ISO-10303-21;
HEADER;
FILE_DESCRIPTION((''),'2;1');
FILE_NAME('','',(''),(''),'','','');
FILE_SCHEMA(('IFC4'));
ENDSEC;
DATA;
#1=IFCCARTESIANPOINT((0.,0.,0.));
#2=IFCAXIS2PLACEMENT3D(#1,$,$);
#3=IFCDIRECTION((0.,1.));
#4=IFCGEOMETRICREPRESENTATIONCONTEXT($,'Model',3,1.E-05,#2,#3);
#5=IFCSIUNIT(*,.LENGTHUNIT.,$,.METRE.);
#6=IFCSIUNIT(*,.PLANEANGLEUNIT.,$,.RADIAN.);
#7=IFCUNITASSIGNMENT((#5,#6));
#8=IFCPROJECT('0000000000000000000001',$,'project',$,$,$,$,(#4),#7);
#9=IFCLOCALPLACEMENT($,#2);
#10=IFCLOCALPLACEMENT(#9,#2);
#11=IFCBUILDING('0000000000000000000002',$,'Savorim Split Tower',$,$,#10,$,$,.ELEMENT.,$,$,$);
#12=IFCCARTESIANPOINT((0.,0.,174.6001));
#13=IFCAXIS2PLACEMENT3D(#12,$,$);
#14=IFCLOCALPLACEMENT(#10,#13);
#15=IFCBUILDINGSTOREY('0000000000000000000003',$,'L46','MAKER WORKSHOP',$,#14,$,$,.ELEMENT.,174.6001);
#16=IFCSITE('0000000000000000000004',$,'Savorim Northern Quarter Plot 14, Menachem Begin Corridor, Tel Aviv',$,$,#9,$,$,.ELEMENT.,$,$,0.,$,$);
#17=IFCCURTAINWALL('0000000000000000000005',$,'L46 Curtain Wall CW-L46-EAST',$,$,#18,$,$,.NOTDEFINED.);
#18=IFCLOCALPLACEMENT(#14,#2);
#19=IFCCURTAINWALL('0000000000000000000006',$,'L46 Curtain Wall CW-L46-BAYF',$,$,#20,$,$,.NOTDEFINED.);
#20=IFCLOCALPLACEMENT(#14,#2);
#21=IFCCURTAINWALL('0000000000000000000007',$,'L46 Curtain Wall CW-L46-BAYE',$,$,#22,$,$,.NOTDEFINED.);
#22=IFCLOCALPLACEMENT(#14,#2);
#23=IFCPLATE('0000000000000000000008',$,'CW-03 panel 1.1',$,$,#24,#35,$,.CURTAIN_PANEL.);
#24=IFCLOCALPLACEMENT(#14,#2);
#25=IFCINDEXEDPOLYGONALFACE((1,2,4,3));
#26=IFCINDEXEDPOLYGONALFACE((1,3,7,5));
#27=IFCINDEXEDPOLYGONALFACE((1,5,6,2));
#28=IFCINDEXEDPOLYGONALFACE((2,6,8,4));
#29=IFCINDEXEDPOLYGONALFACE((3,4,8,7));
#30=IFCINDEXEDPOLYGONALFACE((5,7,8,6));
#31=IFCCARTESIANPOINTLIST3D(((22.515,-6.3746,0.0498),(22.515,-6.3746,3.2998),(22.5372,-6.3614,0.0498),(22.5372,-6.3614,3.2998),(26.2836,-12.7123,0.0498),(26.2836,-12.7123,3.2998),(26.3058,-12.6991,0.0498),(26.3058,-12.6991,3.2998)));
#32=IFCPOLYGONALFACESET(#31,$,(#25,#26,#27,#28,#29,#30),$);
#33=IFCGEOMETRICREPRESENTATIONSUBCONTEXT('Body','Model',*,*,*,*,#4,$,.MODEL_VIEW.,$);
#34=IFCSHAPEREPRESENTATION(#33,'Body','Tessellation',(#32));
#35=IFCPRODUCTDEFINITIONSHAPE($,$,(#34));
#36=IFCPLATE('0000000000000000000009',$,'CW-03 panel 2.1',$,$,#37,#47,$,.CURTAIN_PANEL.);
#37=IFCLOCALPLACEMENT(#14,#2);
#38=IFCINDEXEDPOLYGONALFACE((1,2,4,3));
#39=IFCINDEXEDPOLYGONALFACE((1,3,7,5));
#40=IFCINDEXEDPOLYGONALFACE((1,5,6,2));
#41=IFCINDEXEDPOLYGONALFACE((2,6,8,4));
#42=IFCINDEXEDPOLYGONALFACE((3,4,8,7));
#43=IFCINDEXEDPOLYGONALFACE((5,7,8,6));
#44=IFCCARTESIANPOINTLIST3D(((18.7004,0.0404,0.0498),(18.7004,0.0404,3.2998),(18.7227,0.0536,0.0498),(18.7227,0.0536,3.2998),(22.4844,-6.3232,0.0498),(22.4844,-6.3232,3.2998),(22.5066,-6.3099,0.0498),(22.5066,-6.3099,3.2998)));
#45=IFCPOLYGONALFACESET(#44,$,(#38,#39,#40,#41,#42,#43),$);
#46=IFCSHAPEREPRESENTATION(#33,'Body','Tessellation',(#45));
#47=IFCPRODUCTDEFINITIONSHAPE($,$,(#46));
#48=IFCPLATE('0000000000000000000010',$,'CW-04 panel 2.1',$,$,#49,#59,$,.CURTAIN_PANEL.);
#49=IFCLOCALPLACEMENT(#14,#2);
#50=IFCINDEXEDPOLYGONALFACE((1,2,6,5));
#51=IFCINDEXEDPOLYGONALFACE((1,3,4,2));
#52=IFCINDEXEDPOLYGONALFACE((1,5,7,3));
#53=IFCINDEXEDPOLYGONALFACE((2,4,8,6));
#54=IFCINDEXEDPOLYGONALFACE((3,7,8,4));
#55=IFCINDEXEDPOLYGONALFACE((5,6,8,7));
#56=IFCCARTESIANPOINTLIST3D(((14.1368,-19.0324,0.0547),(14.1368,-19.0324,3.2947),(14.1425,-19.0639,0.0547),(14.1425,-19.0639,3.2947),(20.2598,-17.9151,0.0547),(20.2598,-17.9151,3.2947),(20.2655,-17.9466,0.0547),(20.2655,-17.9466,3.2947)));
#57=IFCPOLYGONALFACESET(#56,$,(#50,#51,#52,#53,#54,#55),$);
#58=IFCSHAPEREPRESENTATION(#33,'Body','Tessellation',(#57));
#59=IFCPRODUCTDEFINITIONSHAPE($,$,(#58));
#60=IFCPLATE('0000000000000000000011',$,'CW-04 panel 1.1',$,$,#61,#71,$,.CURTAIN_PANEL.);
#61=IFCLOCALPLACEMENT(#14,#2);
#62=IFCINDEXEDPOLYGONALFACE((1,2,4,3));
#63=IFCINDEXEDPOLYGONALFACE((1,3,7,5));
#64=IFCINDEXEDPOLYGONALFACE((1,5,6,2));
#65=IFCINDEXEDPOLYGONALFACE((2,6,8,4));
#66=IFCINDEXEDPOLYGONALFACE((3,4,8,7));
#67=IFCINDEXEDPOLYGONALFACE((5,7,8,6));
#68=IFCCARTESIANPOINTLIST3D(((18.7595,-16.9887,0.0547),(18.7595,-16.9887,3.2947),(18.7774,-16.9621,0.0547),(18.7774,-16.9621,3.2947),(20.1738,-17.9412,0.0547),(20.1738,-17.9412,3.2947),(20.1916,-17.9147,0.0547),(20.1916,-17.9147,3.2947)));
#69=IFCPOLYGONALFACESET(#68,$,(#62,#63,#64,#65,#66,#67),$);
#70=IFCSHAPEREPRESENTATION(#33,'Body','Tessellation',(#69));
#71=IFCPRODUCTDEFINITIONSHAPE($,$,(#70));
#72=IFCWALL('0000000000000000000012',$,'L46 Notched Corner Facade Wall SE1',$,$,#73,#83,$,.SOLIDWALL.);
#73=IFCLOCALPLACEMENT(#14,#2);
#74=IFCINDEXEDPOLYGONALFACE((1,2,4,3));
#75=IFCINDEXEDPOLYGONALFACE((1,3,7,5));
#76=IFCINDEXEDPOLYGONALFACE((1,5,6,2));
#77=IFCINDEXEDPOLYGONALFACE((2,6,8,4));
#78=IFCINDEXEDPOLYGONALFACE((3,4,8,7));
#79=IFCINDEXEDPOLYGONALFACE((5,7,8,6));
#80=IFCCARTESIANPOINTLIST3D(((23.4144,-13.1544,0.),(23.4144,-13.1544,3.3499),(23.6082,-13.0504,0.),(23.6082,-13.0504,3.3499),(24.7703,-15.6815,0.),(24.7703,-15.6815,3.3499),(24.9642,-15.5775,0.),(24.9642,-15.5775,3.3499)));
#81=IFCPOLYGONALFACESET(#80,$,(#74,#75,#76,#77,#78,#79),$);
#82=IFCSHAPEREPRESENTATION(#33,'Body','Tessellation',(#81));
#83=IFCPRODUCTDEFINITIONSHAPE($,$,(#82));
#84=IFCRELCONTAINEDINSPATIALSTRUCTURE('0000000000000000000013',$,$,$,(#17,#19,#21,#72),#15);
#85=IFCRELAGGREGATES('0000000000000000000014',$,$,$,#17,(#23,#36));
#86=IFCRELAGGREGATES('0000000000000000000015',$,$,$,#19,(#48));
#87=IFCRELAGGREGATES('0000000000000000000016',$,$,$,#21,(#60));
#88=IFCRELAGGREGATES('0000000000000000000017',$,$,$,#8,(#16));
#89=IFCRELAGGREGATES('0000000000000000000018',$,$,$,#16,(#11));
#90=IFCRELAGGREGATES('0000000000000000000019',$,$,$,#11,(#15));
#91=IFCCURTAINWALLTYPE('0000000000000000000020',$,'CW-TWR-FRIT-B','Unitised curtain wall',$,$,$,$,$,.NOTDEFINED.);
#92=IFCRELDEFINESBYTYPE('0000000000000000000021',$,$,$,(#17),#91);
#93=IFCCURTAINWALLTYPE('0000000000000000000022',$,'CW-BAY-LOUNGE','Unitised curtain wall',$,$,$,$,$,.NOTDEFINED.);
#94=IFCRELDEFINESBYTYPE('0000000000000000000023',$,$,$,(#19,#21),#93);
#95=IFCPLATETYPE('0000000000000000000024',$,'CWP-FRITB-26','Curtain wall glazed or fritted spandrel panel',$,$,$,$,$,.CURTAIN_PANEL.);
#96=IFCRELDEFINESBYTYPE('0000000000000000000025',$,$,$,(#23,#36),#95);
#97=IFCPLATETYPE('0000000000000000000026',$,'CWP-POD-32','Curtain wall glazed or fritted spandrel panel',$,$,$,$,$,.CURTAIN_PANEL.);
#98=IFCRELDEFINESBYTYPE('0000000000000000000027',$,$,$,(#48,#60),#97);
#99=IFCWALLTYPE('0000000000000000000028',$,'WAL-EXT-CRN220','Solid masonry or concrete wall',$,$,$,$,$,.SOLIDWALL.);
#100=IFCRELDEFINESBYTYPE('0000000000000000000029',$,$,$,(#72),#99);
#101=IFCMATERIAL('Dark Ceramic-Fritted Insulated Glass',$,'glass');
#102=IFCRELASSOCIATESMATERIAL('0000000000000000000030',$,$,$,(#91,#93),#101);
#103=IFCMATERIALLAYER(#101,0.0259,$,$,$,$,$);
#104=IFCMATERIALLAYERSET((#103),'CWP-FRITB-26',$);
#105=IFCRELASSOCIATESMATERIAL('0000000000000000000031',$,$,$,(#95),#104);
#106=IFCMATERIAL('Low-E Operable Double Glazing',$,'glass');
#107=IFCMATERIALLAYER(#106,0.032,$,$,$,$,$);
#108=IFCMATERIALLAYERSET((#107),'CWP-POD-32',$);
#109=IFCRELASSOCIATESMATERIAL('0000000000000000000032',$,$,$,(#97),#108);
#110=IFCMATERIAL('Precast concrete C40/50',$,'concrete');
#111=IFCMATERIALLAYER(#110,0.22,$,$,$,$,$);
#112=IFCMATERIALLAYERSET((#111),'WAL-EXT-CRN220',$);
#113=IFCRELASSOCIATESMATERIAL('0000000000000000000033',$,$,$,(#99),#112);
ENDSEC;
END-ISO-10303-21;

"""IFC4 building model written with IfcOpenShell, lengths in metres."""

from ifc_helpers import new_model, si_unit, direction, frame, frame_2d, origin, origin_2d, place, context, subcontext, project, spatial, rectangle, extrude, material, layer, layer_set, type_object, element, aggregate, save


model = new_model("IFC4")

# Units and contexts
model_context = context("Model", 3, precision=1e-05, world=origin(), true_north=direction((0.0, 1.0)))
body_context = subcontext(model_context, "Body", "Model", "MODEL_VIEW")
ifc_project = project(units=[si_unit("LENGTHUNIT", "METRE"), si_unit("PLANEANGLEUNIT", "RADIAN")], contexts=[model_context])

# Site, building, storey
site_placement = place(None, origin())
site = spatial("IfcSite", under=ifc_project, at=site_placement, Name="Savorim Northern Quarter Plot 14, Menachem Begin Corridor, Tel Aviv", CompositionType="ELEMENT", RefElevation=0.0)
building_placement = place(site_placement, origin())
building = spatial("IfcBuilding", under=site, at=building_placement, Name="Savorim Split Tower", CompositionType="ELEMENT")
storey_placement = place(building_placement, frame((0.0, 0.0, 174.6001)))
storey = spatial("IfcBuildingStorey", under=building, at=storey_placement, Name="L46", Description="MAKER WORKSHOP", CompositionType="ELEMENT", Elevation=174.6001)

# Curtain wall
ifc_material_1 = material(Name="Dark Ceramic-Fritted Insulated Glass", Category="glass")
curtain_wall_type_1 = type_object("IfcCurtainWallType", Name="CW-TWR-FRIT-B", Description="Unitised curtain wall", PredefinedType="NOTDEFINED", material=ifc_material_1)
curtain_wall_1_placement = place(storey_placement, origin())
curtain_wall_1 = element("IfcCurtainWall", 1, at=curtain_wall_1_placement, inside=storey, type_object=curtain_wall_type_1, Name="L46 Curtain Wall CW-L46-EAST", PredefinedType="NOTDEFINED")

# Curtain wall
curtain_wall_type_2 = type_object("IfcCurtainWallType", Name="CW-BAY-LOUNGE", Description="Unitised curtain wall", PredefinedType="NOTDEFINED", material=ifc_material_1)
curtain_wall_2_placement = place(storey_placement, origin())
curtain_wall_2 = element("IfcCurtainWall", 2, at=curtain_wall_2_placement, inside=storey, type_object=curtain_wall_type_2, Name="L46 Curtain Wall CW-L46-BAYF", PredefinedType="NOTDEFINED")

# Curtain wall
curtain_wall_3_placement = place(storey_placement, origin())
curtain_wall_3 = element("IfcCurtainWall", 3, at=curtain_wall_3_placement, inside=storey, type_object=curtain_wall_type_2, Name="L46 Curtain Wall CW-L46-BAYE", PredefinedType="NOTDEFINED")

# Plates
ifc_layer_1 = layer(ifc_material_1, 0.0259)
ifc_layer_set_1 = layer_set([ifc_layer_1], Name="CWP-FRITB-26")
plate_type_1 = type_object("IfcPlateType", Name="CWP-FRITB-26", Description="Curtain wall glazed or fritted spandrel panel", PredefinedType="CURTAIN_PANEL", material=ifc_layer_set_1)
plate_1_placement = place(storey_placement, frame((24.4104, -9.5369, 0.0498), z_axis=(0.0, 0.0, 1.0), x_axis=(-0.511094, 0.859525, 0.0)))
plate_1 = element("IfcPlate", 4, at=plate_1_placement, type_object=plate_type_1, Name="CW-03 panel 1.1", PredefinedType="CURTAIN_PANEL", context=body_context, shape_type="SweptSolid", body=[
    extrude(rectangle(XDim=7.3735, YDim=0.0259, at=origin_2d()), origin(), (0.0, 0.0, 1.0), 3.25),
])
plate_2_placement = place(storey_placement, frame((20.6035, -3.1348, 0.0498), z_axis=(0.0, 0.0, 1.0), x_axis=(-0.511094, 0.859525, 0.0)))
plate_2 = element("IfcPlate", 5, at=plate_2_placement, type_object=plate_type_1, Name="CW-03 panel 2.1", PredefinedType="CURTAIN_PANEL", context=body_context, shape_type="SweptSolid", body=[
    extrude(rectangle(XDim=7.4036, YDim=0.0259, at=origin_2d()), origin(), (0.0, 0.0, 1.0), 3.25),
])
aggregate(curtain_wall_1, [plate_1, plate_2])
ifc_material_2 = material(Name="Low-E Operable Double Glazing", Category="glass")
ifc_layer_2 = layer(ifc_material_2, 0.032)
ifc_layer_set_2 = layer_set([ifc_layer_2], Name="CWP-POD-32")
plate_type_2 = type_object("IfcPlateType", Name="CWP-POD-32", Description="Curtain wall glazed or fritted spandrel panel", PredefinedType="CURTAIN_PANEL", material=ifc_layer_set_2)
plate_3_placement = place(storey_placement, frame((17.2012, -18.4895, 0.0547), z_axis=(0.0, 0.0, 1.0), x_axis=(0.983755, 0.179518, 0.0)))
plate_3 = element("IfcPlate", 6, at=plate_3_placement, type_object=plate_type_2, Name="CW-04 panel 2.1", PredefinedType="CURTAIN_PANEL", context=body_context, shape_type="SweptSolid", body=[
    extrude(rectangle(XDim=6.2241, YDim=0.032, at=origin_2d()), origin(), (0.0, 0.0, 1.0), 3.24),
])
aggregate(curtain_wall_2, [plate_3])
plate_4_placement = place(storey_placement, frame((19.4756, -17.4517, 0.0547), z_axis=(0.0, 0.0, 1.0), x_axis=(-0.829417, 0.55863, 0.0)))
plate_4 = element("IfcPlate", 7, at=plate_4_placement, type_object=plate_type_2, Name="CW-04 panel 1.1", PredefinedType="CURTAIN_PANEL", context=body_context, shape_type="SweptSolid", body=[
    extrude(rectangle(XDim=1.7051, YDim=0.032, at=origin_2d()), origin(), (0.0, 0.0, 1.0), 3.24),
])
aggregate(curtain_wall_3, [plate_4])

# Wall
ifc_material_3 = material(Name="Precast concrete C40/50", Category="concrete")
ifc_layer_3 = layer(ifc_material_3, 0.22)
ifc_layer_set_3 = layer_set([ifc_layer_3], Name="WAL-EXT-CRN220")
wall_type = type_object("IfcWallType", Name="WAL-EXT-CRN220", Description="Solid masonry or concrete wall", PredefinedType="SOLIDWALL", material=ifc_layer_set_3)
wall_1_placement = place(storey_placement, frame((23.5112, -13.1023, 0.0), z_axis=(0.0, 0.0, 1.0), x_axis=(0.472805, -0.881167, 0.0)))
element("IfcWall", 8, at=wall_1_placement, inside=storey, type_object=wall_type, Name="L46 Notched Corner Facade Wall SE1", PredefinedType="SOLIDWALL", context=body_context, shape_type="SweptSolid", body=[
    extrude(rectangle(XDim=2.8679, YDim=0.22, at=frame_2d((1.4341, 0.0))), origin(), (0.0, 0.0, 1.0), 3.3499),
])

save(model, "model.ifc")
